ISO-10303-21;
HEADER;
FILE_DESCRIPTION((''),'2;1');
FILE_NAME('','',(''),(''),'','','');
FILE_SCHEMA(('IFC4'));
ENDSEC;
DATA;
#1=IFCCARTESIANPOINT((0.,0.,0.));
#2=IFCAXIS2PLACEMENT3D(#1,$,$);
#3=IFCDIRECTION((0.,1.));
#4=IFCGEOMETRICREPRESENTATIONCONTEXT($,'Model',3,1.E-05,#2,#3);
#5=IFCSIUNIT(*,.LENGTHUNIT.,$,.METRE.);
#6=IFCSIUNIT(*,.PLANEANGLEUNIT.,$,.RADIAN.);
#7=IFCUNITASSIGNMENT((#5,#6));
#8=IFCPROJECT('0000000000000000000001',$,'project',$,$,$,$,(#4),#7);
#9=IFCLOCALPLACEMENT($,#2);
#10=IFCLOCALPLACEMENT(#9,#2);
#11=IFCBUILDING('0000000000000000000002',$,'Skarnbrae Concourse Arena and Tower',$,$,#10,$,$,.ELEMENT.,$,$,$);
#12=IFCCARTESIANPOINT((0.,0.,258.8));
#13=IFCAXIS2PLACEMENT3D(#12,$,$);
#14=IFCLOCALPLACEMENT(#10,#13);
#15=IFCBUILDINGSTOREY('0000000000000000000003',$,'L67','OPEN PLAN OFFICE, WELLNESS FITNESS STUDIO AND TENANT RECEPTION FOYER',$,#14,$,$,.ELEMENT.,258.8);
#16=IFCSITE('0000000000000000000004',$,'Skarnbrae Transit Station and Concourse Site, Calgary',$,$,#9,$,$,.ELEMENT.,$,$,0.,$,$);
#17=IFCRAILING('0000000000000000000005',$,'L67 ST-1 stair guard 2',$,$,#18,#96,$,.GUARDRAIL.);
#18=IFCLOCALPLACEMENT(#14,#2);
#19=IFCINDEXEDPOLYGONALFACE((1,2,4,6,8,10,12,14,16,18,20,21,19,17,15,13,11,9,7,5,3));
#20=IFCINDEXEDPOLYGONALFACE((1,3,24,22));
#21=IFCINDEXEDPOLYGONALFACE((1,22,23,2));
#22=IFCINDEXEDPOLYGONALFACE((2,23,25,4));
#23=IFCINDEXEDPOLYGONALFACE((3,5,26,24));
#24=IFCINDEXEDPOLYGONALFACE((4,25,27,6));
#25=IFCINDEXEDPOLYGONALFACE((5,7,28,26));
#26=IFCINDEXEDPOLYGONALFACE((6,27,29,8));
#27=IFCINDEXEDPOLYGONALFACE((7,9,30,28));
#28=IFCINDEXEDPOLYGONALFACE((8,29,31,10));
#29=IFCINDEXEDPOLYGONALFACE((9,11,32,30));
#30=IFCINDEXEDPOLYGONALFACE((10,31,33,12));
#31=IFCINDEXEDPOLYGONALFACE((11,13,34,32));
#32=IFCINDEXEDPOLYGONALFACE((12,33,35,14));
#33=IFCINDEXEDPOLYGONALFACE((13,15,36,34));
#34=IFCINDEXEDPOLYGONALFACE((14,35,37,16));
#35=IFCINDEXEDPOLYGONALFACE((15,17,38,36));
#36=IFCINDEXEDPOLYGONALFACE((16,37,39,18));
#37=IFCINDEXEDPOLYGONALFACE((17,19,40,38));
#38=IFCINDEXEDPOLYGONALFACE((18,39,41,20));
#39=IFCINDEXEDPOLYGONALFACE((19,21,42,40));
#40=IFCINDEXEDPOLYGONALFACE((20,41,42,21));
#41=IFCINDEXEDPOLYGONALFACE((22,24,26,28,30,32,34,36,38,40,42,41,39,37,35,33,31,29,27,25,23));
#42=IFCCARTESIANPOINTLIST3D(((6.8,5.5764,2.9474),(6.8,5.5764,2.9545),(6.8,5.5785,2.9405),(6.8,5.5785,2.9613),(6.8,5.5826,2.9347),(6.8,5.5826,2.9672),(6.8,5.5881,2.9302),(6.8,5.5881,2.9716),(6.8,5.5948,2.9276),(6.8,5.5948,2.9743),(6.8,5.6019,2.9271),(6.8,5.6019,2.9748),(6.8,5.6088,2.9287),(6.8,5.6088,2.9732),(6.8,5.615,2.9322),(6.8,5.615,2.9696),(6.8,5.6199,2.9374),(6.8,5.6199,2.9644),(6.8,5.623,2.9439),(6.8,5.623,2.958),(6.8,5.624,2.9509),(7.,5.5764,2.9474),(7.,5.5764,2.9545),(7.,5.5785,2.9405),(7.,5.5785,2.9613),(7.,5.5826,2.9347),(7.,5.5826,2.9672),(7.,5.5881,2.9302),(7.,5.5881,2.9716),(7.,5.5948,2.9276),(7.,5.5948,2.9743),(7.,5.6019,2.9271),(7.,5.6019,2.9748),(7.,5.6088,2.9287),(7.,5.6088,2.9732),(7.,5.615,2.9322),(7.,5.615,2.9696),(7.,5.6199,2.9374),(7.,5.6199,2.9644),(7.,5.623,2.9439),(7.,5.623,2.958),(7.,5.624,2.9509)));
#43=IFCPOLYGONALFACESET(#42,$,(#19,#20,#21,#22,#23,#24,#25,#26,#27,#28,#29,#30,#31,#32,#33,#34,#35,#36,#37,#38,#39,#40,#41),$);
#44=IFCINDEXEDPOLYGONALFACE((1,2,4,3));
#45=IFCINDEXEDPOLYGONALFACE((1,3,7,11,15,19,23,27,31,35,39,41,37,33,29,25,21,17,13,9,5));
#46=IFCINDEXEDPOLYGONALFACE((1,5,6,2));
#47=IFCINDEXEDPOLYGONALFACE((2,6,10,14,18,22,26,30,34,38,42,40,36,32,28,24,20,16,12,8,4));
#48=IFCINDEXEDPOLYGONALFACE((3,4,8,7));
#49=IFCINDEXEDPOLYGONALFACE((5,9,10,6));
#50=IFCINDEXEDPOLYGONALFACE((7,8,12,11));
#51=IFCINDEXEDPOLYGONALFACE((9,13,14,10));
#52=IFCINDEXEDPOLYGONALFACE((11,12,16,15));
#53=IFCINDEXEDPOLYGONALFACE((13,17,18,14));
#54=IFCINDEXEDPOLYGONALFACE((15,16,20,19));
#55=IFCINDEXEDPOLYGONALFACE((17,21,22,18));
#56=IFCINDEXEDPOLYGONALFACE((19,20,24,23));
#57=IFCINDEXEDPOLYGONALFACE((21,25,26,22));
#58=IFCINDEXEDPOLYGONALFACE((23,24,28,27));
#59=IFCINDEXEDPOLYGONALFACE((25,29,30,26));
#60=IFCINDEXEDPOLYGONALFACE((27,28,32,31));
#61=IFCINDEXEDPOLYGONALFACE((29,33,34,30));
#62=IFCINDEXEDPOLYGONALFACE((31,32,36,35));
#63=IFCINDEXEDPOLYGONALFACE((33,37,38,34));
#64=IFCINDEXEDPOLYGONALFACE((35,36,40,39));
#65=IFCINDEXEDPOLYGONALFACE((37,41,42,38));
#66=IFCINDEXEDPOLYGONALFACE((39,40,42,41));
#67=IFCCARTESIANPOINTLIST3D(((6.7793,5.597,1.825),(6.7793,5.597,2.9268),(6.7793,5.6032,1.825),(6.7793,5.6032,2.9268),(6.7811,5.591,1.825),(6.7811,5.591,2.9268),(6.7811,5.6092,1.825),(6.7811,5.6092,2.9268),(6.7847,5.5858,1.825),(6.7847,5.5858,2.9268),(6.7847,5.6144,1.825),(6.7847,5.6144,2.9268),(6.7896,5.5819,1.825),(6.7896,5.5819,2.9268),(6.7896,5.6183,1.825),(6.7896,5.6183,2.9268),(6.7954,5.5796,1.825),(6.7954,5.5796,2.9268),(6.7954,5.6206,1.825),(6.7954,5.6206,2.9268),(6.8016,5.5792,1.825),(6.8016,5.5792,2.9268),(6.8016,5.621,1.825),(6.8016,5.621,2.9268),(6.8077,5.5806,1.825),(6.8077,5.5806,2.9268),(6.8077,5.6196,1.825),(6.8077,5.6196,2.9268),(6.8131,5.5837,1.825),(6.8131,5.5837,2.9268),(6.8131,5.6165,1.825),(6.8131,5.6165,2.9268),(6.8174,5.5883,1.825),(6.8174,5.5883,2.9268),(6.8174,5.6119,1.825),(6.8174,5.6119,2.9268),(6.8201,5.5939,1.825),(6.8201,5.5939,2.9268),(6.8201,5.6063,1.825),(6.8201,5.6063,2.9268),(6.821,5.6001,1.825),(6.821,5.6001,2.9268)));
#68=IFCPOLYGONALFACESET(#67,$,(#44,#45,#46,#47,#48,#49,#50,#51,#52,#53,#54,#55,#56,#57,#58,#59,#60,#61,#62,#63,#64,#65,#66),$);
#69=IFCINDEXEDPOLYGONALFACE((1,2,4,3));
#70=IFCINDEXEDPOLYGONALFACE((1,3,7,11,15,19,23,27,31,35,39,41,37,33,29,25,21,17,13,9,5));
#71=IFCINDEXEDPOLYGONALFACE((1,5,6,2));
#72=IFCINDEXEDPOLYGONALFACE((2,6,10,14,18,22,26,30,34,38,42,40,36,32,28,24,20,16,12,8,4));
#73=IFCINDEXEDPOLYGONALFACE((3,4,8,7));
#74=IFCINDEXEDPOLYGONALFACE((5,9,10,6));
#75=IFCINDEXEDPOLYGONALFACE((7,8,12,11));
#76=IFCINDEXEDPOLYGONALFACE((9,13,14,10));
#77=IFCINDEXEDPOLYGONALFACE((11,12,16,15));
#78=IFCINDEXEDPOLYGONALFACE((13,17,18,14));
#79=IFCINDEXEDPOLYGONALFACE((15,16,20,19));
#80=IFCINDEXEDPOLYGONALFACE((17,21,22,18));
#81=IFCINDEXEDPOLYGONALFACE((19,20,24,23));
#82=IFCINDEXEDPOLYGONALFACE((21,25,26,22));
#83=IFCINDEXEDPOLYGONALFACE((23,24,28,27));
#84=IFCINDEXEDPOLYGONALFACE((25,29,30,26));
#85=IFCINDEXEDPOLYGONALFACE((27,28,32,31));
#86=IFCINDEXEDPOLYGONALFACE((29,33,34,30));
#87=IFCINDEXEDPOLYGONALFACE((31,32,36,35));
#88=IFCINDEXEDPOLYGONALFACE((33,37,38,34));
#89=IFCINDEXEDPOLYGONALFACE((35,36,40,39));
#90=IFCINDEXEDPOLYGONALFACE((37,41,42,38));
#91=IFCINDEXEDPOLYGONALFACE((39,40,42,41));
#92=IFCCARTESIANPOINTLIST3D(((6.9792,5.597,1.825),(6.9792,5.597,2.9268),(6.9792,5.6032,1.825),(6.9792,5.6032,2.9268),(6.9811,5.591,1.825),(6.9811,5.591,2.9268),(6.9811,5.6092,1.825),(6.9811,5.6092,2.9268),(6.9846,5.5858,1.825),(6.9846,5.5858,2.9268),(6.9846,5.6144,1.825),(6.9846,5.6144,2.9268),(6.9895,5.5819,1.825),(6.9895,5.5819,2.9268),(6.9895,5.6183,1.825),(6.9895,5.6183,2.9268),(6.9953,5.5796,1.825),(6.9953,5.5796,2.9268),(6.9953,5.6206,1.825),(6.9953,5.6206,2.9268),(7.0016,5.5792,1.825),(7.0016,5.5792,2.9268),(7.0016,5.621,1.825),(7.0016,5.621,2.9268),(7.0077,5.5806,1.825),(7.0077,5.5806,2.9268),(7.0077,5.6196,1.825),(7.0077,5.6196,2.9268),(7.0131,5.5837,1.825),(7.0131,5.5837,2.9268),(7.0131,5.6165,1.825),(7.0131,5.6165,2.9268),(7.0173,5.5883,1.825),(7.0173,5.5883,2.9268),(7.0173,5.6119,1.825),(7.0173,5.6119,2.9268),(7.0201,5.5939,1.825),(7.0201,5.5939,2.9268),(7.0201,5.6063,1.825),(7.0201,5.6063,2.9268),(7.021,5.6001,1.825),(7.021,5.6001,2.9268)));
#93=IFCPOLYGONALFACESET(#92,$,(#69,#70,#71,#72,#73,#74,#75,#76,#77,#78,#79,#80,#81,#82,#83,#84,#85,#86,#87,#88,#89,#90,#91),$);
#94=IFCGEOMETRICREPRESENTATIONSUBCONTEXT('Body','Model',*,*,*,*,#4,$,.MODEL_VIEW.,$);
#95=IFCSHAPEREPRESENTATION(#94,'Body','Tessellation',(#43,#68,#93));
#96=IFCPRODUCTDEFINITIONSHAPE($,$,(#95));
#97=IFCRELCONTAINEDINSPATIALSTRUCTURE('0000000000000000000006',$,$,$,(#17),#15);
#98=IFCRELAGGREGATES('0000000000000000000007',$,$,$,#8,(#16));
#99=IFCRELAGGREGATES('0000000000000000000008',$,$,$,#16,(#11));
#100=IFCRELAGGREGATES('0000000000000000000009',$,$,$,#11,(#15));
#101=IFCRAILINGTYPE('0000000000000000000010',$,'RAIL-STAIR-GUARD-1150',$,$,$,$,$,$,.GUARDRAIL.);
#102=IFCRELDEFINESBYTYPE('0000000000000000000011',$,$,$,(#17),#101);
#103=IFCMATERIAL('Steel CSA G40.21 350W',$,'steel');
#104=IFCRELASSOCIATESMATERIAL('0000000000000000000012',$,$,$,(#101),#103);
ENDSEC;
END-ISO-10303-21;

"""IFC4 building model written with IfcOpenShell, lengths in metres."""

from ifc_helpers import new_model, si_unit, direction, frame, origin, origin_2d, place, context, subcontext, project, spatial, circle, extrude, material, type_object, element, save


model = new_model("IFC4")

# Units and contexts
model_context = context("Model", 3, precision=1e-05, world=origin(), true_north=direction((0.0, 1.0)))
body_context = subcontext(model_context, "Body", "Model", "MODEL_VIEW")
ifc_project = project(units=[si_unit("LENGTHUNIT", "METRE"), si_unit("PLANEANGLEUNIT", "RADIAN")], contexts=[model_context])

# Site, building, storey
site_placement = place(None, origin())
site = spatial("IfcSite", under=ifc_project, at=site_placement, Name="Skarnbrae Transit Station and Concourse Site, Calgary", CompositionType="ELEMENT", RefElevation=0.0)
building_placement = place(site_placement, origin())
building = spatial("IfcBuilding", under=site, at=building_placement, Name="Skarnbrae Concourse Arena and Tower", CompositionType="ELEMENT")
storey_placement = place(building_placement, frame((0.0, 0.0, 258.8)))
storey = spatial("IfcBuildingStorey", under=building, at=storey_placement, Name="L67", Description="OPEN PLAN OFFICE, WELLNESS FITNESS STUDIO AND TENANT RECEPTION FOYER", CompositionType="ELEMENT", Elevation=258.8)

# Shared definitions
ifc_material_1 = material(Name="Steel CSA G40.21 350W", Category="steel")

# Railing
railing_type_1 = type_object("IfcRailingType", Name="RAIL-STAIR-GUARD-1150", PredefinedType="GUARDRAIL", material=ifc_material_1)
railing_1_placement = place(storey_placement, frame((6.8, 5.6001, 1.825)))
element("IfcRailing", 1, at=railing_1_placement, inside=storey, type_object=railing_type_1, Name="L67 ST-1 stair guard 2", PredefinedType="GUARDRAIL", context=body_context, shape_type="SweptSolid", body=[
    extrude(circle(Radius=0.0239, at=origin_2d()), frame((0.0, 0.0, 1.126), z_axis=(1.0, 0.0, 0.0), x_axis=(0.0, 1.0, 0.0)), (0.0, 0.0, 1.0), 0.2),
    extrude(circle(Radius=0.021, at=origin_2d()), origin(), (0.0, 0.0, 1.0), 1.1018),
    extrude(circle(Radius=0.021, at=origin_2d()), frame((0.2, 0.0, 0.0)), (0.0, 0.0, 1.0), 1.1018),
])

save(model, "model.ifc")
